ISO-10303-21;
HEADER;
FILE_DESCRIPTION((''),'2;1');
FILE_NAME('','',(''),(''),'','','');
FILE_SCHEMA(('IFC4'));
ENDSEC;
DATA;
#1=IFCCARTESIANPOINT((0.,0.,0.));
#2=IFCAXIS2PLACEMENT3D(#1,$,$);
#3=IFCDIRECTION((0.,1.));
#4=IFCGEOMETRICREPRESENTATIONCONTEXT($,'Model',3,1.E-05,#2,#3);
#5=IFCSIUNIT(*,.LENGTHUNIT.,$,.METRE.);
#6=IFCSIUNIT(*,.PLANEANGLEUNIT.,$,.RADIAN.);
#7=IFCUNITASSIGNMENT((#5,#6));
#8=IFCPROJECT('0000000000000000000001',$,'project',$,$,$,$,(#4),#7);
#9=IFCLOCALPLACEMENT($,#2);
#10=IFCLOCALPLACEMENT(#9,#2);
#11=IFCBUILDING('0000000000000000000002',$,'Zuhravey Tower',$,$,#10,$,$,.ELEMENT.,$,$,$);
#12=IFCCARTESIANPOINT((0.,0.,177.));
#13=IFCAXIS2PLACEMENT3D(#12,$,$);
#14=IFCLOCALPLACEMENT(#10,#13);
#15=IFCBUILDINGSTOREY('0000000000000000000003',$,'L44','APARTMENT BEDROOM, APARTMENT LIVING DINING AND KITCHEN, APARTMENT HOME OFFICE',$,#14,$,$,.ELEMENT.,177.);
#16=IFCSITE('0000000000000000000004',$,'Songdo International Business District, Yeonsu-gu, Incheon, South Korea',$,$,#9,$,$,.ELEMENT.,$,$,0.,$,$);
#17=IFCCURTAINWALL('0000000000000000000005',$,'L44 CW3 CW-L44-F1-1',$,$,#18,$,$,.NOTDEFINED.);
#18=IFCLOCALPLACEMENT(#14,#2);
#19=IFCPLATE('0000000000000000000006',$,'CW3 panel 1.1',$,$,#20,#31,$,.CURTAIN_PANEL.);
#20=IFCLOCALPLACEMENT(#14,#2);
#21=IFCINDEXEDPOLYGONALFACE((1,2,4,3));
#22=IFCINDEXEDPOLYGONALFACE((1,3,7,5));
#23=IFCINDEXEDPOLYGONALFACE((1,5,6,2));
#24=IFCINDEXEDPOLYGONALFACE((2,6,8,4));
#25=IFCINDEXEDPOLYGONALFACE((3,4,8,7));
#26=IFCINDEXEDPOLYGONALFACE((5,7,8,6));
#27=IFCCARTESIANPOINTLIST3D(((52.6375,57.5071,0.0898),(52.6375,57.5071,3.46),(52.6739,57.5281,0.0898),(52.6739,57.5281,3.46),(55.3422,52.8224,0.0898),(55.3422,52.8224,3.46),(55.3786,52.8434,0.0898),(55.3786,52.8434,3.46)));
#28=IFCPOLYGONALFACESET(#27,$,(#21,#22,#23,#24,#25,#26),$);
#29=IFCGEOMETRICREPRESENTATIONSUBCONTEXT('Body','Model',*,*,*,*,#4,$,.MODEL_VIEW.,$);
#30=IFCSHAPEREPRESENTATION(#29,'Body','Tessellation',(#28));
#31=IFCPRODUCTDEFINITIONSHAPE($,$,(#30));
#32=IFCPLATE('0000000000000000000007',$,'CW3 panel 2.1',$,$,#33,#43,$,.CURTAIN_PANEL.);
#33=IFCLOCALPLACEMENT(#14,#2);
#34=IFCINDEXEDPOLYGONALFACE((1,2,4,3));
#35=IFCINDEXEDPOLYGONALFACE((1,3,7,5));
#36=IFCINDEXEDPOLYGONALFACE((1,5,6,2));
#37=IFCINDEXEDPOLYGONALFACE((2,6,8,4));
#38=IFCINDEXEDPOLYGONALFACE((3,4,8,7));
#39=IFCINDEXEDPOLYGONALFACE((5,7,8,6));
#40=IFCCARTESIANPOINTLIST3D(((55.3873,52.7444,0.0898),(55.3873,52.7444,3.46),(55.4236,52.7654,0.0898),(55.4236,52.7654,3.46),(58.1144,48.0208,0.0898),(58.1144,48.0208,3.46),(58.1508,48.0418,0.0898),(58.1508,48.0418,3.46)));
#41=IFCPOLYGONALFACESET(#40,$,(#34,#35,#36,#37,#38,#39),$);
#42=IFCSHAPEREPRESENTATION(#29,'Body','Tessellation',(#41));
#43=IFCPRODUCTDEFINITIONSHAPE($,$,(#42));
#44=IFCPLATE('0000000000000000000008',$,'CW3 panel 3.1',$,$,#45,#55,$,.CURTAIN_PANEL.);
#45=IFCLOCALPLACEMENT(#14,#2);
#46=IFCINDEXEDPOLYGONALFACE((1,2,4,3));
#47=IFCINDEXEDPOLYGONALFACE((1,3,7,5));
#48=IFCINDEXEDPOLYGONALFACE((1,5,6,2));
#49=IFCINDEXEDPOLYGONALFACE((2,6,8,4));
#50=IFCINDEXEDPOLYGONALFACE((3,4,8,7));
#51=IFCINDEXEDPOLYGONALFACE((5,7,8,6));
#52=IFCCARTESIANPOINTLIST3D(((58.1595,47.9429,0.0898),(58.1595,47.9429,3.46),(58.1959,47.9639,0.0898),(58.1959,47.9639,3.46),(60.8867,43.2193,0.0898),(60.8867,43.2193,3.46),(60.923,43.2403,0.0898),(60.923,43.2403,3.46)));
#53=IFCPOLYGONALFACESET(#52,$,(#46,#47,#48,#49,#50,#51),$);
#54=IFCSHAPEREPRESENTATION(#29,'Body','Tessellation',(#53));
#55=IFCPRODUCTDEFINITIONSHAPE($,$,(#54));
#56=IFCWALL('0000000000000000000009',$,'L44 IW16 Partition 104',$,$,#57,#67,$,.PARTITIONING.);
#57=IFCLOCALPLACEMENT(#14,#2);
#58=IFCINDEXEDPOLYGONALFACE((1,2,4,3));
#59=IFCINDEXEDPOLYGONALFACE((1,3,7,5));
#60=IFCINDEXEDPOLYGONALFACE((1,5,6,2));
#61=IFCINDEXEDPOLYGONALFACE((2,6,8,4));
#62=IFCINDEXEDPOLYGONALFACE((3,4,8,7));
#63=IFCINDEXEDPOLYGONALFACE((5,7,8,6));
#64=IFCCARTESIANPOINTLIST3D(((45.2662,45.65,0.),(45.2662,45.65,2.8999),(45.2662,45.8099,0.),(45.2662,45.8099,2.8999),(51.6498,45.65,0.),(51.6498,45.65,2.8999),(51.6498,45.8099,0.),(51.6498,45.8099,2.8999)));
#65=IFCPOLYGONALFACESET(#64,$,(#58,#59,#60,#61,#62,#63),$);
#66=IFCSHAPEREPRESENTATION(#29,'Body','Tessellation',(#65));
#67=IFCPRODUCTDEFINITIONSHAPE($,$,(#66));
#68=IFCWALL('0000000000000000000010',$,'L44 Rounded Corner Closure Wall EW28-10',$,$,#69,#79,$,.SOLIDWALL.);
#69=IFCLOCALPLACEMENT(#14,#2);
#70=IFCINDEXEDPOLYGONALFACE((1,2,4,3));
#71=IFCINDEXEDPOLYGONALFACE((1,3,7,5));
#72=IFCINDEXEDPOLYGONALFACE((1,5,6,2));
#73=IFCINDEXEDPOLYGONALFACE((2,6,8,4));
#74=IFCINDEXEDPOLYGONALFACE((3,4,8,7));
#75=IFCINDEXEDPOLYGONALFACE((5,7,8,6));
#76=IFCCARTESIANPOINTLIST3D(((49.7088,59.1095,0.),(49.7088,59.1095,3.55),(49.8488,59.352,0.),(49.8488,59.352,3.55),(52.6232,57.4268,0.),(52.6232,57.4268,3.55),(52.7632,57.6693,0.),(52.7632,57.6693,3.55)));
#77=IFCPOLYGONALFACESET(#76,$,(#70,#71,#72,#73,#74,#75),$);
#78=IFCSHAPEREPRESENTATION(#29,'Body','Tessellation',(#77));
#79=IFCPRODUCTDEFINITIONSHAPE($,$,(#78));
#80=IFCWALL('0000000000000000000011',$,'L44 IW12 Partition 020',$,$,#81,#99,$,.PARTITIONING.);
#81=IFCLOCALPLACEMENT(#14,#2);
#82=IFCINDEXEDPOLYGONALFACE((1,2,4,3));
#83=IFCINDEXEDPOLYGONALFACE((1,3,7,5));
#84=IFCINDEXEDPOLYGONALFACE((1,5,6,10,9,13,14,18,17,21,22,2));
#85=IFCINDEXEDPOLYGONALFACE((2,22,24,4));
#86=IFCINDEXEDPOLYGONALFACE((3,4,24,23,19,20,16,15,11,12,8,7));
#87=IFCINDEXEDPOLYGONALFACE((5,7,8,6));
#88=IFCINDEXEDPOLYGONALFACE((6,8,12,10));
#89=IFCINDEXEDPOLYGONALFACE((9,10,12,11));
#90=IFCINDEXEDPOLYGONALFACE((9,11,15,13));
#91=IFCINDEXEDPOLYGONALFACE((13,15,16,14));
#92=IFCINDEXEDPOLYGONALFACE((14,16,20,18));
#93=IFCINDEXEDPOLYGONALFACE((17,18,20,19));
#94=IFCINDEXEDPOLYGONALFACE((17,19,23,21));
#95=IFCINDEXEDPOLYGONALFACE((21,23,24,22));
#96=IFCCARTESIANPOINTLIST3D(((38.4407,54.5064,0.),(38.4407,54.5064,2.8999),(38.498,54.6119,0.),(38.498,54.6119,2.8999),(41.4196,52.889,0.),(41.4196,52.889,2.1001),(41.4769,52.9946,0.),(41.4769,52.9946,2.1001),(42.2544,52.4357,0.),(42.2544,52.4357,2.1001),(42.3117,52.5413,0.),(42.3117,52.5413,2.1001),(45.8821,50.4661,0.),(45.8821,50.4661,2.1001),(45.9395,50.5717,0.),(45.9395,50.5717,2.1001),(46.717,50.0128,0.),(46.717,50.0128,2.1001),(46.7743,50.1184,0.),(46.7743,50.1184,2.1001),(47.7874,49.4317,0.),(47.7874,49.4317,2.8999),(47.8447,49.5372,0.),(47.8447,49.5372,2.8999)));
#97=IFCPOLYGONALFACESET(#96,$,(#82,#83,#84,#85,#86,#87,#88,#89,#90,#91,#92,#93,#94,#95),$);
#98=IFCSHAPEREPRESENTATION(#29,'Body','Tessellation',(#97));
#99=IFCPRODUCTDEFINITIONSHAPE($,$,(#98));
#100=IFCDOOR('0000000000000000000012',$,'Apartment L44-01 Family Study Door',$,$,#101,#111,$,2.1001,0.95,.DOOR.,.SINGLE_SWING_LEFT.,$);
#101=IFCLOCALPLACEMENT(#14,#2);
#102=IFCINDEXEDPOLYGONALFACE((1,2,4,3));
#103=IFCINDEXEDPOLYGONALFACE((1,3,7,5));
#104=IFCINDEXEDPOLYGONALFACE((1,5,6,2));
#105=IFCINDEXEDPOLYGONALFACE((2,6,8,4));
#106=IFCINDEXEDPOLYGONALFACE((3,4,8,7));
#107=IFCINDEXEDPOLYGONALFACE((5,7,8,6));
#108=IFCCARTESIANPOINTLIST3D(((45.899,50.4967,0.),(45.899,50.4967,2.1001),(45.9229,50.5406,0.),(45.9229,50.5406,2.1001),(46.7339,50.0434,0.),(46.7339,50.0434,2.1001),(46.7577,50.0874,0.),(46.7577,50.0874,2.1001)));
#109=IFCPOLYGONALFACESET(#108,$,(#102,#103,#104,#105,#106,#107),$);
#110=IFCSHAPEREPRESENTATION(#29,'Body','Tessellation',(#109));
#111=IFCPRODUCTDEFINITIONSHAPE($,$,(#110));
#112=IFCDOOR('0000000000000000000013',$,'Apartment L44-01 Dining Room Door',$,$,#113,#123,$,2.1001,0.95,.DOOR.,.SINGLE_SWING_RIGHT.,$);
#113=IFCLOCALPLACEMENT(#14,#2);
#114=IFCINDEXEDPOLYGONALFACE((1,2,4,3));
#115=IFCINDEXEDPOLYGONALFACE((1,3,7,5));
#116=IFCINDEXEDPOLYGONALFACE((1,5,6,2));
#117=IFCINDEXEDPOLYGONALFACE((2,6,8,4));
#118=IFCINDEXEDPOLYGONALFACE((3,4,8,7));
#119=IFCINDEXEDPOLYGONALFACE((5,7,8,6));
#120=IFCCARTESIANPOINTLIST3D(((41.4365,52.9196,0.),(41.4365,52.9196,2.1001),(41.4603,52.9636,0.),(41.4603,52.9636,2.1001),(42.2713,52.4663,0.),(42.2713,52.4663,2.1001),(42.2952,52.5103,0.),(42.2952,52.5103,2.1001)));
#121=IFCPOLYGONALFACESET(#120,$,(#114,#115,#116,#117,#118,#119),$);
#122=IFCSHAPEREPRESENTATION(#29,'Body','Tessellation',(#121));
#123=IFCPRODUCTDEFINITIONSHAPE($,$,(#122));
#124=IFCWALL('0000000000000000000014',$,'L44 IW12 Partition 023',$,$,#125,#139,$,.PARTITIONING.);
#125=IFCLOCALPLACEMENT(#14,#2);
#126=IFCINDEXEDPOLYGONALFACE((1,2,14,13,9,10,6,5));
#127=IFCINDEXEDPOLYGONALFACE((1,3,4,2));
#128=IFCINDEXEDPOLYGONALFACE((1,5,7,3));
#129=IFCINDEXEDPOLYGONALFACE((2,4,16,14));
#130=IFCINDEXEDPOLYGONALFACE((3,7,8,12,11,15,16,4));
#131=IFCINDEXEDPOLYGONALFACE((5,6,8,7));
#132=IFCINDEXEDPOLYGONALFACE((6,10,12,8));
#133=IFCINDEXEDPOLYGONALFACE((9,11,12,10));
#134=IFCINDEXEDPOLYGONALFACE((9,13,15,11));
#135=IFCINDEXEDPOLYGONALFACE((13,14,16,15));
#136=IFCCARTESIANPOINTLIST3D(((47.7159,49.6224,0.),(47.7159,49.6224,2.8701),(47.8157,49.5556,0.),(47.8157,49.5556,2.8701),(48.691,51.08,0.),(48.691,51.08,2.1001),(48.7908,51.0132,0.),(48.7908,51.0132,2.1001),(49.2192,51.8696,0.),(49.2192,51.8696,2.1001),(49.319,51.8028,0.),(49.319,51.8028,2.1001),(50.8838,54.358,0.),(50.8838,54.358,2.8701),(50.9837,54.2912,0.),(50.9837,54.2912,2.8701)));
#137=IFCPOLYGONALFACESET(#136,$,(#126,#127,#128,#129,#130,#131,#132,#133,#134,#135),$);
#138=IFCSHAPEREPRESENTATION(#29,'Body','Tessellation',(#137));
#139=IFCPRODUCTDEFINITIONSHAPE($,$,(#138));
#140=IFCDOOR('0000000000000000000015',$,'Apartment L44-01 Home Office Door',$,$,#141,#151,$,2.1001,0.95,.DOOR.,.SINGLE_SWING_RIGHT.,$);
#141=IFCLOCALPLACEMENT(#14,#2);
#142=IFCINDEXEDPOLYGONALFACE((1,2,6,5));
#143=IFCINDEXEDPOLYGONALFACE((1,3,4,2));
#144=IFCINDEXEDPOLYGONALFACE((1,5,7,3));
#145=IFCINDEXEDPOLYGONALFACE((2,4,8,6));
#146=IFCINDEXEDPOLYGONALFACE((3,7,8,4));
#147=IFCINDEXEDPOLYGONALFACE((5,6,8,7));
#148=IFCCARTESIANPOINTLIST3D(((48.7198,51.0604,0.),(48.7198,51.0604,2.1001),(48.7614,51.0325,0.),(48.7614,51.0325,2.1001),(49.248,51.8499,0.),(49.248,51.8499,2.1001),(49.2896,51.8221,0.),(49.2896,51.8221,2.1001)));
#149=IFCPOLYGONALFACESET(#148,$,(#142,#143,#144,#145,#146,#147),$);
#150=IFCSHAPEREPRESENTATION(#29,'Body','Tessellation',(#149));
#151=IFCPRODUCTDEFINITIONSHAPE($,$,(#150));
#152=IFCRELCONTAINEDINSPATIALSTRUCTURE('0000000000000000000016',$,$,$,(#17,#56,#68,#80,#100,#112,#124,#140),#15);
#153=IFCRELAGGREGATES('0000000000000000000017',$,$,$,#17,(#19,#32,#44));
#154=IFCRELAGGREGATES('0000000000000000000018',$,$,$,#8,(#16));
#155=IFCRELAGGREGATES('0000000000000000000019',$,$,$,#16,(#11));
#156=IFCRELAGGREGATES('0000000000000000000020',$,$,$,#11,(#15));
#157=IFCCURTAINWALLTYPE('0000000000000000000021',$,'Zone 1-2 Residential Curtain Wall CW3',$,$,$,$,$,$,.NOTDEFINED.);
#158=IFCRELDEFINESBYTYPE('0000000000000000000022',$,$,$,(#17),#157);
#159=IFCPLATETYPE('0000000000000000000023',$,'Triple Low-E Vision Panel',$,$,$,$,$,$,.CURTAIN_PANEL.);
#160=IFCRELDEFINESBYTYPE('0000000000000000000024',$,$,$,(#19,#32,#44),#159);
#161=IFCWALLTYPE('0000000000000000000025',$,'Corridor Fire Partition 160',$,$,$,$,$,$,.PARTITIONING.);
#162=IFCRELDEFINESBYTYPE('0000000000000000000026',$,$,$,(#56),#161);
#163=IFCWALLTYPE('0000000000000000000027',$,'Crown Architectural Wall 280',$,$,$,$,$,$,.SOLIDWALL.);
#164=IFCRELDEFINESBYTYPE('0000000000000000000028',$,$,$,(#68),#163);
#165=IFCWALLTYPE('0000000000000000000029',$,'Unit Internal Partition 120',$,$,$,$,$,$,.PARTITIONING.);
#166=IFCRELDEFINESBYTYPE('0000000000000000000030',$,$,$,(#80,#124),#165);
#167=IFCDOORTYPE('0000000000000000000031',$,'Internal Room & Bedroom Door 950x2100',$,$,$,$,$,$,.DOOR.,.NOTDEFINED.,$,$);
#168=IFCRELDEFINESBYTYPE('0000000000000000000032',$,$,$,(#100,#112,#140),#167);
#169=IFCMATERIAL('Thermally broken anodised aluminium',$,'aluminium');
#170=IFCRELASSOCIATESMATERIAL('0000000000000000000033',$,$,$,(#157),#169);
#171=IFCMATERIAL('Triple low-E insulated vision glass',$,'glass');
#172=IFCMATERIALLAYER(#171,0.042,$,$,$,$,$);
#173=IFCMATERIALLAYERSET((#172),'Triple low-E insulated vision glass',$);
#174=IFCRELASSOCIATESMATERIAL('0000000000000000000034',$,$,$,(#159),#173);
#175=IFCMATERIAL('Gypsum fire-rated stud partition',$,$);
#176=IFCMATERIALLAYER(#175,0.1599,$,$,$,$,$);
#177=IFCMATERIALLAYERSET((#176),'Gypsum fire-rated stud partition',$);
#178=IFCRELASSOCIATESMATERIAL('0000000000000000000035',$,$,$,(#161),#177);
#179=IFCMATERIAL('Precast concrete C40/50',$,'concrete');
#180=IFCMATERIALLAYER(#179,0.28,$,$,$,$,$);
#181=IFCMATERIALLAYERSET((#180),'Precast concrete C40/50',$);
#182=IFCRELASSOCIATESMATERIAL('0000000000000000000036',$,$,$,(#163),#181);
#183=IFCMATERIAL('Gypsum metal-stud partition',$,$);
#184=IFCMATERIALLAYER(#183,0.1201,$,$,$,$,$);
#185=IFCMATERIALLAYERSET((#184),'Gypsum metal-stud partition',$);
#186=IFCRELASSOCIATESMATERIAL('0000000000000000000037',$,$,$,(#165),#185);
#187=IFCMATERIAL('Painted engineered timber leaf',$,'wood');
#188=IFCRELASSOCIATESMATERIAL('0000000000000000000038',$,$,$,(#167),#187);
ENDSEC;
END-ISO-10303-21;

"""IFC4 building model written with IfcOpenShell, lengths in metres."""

from ifc_helpers import new_model, si_unit, direction, frame, frame_2d, origin, origin_2d, place, context, subcontext, project, spatial, rectangle, extrude, material, layer, layer_set, type_object, element, fill, aggregate, save


model = new_model("IFC4")

# Units and contexts
model_context = context("Model", 3, precision=1e-05, world=origin(), true_north=direction((0.0, 1.0)))
body_context = subcontext(model_context, "Body", "Model", "MODEL_VIEW")
ifc_project = project(units=[si_unit("LENGTHUNIT", "METRE"), si_unit("PLANEANGLEUNIT", "RADIAN")], contexts=[model_context])

# Site, building, storey
site_placement = place(None, origin())
site = spatial("IfcSite", under=ifc_project, at=site_placement, Name="Songdo International Business District, Yeonsu-gu, Incheon, South Korea", CompositionType="ELEMENT", RefElevation=0.0)
building_placement = place(site_placement, origin())
building = spatial("IfcBuilding", under=site, at=building_placement, Name="Zuhravey Tower", CompositionType="ELEMENT")
storey_placement = place(building_placement, frame((0.0, 0.0, 177.0)))
storey = spatial("IfcBuildingStorey", under=building, at=storey_placement, Name="L44", Description="APARTMENT BEDROOM, APARTMENT LIVING DINING AND KITCHEN, APARTMENT HOME OFFICE", CompositionType="ELEMENT", Elevation=177.0)

# Shared definitions
ifc_material_1 = material(Name="Thermally broken anodised aluminium", Category="aluminium")
curtain_wall_type = type_object("IfcCurtainWallType", Name="Zone 1-2 Residential Curtain Wall CW3", PredefinedType="NOTDEFINED", material=ifc_material_1)

# Curtain wall
curtain_wall_1_placement = place(storey_placement, origin())
curtain_wall_1 = element("IfcCurtainWall", 1, at=curtain_wall_1_placement, inside=storey, type_object=curtain_wall_type, Name="L44 CW3 CW-L44-F1-1", PredefinedType="NOTDEFINED")

# Plates
ifc_material_2 = material(Name="Triple low-E insulated vision glass", Category="glass")
ifc_layer_1 = layer(ifc_material_2, 0.042)
ifc_layer_set_1 = layer_set([ifc_layer_1], Name="Triple low-E insulated vision glass")
plate_type_1 = type_object("IfcPlateType", Name="Triple Low-E Vision Panel", PredefinedType="CURTAIN_PANEL", material=ifc_layer_set_1)
plate_1_placement = place(storey_placement, frame((54.0081, 55.1753, 0.0898), z_axis=(0.0, 0.0, 1.0), x_axis=(0.5, -0.866025, 0.0)))
plate_1 = element("IfcPlate", 2, at=plate_1_placement, type_object=plate_type_1, Name="CW3 panel 1.1", PredefinedType="CURTAIN_PANEL", context=body_context, shape_type="SweptSolid", body=[
    extrude(rectangle(XDim=5.4094, YDim=0.042, at=origin_2d()), origin(), (0.0, 0.0, 1.0), 3.3701),
])
plate_2_placement = place(storey_placement, frame((56.769, 50.3931, 0.0898), z_axis=(0.0, 0.0, 1.0), x_axis=(0.5, -0.866025, 0.0)))
plate_2 = element("IfcPlate", 3, at=plate_2_placement, type_object=plate_type_1, Name="CW3 panel 2.1", PredefinedType="CURTAIN_PANEL", context=body_context, shape_type="SweptSolid", body=[
    extrude(rectangle(XDim=5.4543, YDim=0.042, at=origin_2d()), origin(), (0.0, 0.0, 1.0), 3.3701),
])
plate_3_placement = place(storey_placement, frame((59.5413, 45.5916, 0.0898), z_axis=(0.0, 0.0, 1.0), x_axis=(0.5, -0.866025, 0.0)))
plate_3 = element("IfcPlate", 4, at=plate_3_placement, type_object=plate_type_1, Name="CW3 panel 3.1", PredefinedType="CURTAIN_PANEL", context=body_context, shape_type="SweptSolid", body=[
    extrude(rectangle(XDim=5.4543, YDim=0.042, at=origin_2d()), origin(), (0.0, 0.0, 1.0), 3.3701),
])
aggregate(curtain_wall_1, [plate_1, plate_2, plate_3])

# Walls
ifc_material_3 = material(Name="Gypsum fire-rated stud partition")
ifc_layer_2 = layer(ifc_material_3, 0.1599)
ifc_layer_set_2 = layer_set([ifc_layer_2], Name="Gypsum fire-rated stud partition")
wall_type_1 = type_object("IfcWallType", Name="Corridor Fire Partition 160", PredefinedType="PARTITIONING", material=ifc_layer_set_2)
wall_1_placement = place(storey_placement, frame((51.6499, 45.73, 0.0), z_axis=(0.0, 0.0, 1.0), x_axis=(-1.0, 0.0, 0.0)))
element("IfcWall", 5, at=wall_1_placement, inside=storey, type_object=wall_type_1, Name="L44 IW16 Partition 104", PredefinedType="PARTITIONING", context=body_context, shape_type="SweptSolid", body=[
    extrude(rectangle(XDim=6.3835, YDim=0.1599, at=frame_2d((3.1919, 0.0))), origin(), (0.0, 0.0, 1.0), 2.8999),
])
ifc_material_4 = material(Name="Precast concrete C40/50", Category="concrete")
ifc_layer_3 = layer(ifc_material_4, 0.28)
ifc_layer_set_3 = layer_set([ifc_layer_3], Name="Precast concrete C40/50")
wall_type_2 = type_object("IfcWallType", Name="Crown Architectural Wall 280", PredefinedType="SOLIDWALL", material=ifc_layer_set_3)
wall_2_placement = place(storey_placement, frame((49.7788, 59.2307, 0.0), z_axis=(0.0, 0.0, 1.0), x_axis=(0.86602, -0.500009, 0.0)))
element("IfcWall", 6, at=wall_2_placement, inside=storey, type_object=wall_type_2, Name="L44 Rounded Corner Closure Wall EW28-10", PredefinedType="SOLIDWALL", context=body_context, shape_type="SweptSolid", body=[
    extrude(rectangle(XDim=3.3652, YDim=0.28, at=frame_2d((1.6826, 0.0))), origin(), (0.0, 0.0, 1.0), 3.55),
])

# Wall, openings, doors
ifc_material_5 = material(Name="Gypsum metal-stud partition")
ifc_layer_4 = layer(ifc_material_5, 0.1201)
ifc_layer_set_4 = layer_set([ifc_layer_4], Name="Gypsum metal-stud partition")
wall_type_3 = type_object("IfcWallType", Name="Unit Internal Partition 120", PredefinedType="PARTITIONING", material=ifc_layer_set_4)
wall_3_placement = place(storey_placement, frame((47.8162, 49.4844, 0.0), z_axis=(0.0, 0.0, 1.0), x_axis=(-0.878822, 0.47715, 0.0)))
wall_3 = element("IfcWall", 7, at=wall_3_placement, inside=storey, type_object=wall_type_3, Name="L44 IW12 Partition 020", PredefinedType="PARTITIONING", context=body_context, shape_type="SweptSolid", body=[
    extrude(rectangle(XDim=10.6355, YDim=0.1201, at=frame_2d((5.3179, 0.0))), origin(), (0.0, 0.0, 1.0), 2.8999),
])
opening_1_placement = place(wall_3_placement, frame((1.218, 0.0, 0.0)))
opening_1 = element("IfcOpeningElement", 8, at=opening_1_placement, cuts=wall_3, PredefinedType="OPENING", context=body_context, shape_type="SweptSolid", body=[
    extrude(rectangle(XDim=0.95, YDim=2.1001, at=frame_2d((0.4751, 1.05))), frame((0.0, 0.072, 0.0), z_axis=(0.0, -1.0, 0.0), x_axis=(1.0, 0.0, 0.0)), (0.0, 0.0, 1.0), 0.144),
])
opening_2_placement = place(wall_3_placement, frame((6.2959, 0.0, 0.0)))
opening_2 = element("IfcOpeningElement", 9, at=opening_2_placement, cuts=wall_3, PredefinedType="OPENING", context=body_context, shape_type="SweptSolid", body=[
    extrude(rectangle(XDim=0.95, YDim=2.1001, at=frame_2d((0.4751, 1.05))), frame((0.0, 0.072, 0.0), z_axis=(0.0, -1.0, 0.0), x_axis=(1.0, 0.0, 0.0)), (0.0, 0.0, 1.0), 0.144),
])
ifc_material_6 = material(Name="Painted engineered timber leaf", Category="wood")
door_type = type_object("IfcDoorType", Name="Internal Room & Bedroom Door 950x2100", OperationType="NOTDEFINED", PredefinedType="DOOR", material=ifc_material_6)
door_1_placement = place(opening_1_placement, frame((0.95, 0.0, 0.0), z_axis=(0.0, 0.0, 1.0), x_axis=(-1.0, 0.0, 0.0)))
door_1 = element("IfcDoor", 10, at=door_1_placement, inside=storey, type_object=door_type, Name="Apartment L44-01 Family Study Door", OperationType="SINGLE_SWING_LEFT", OverallHeight=2.1001, OverallWidth=0.95, PredefinedType="DOOR", context=body_context, shape_type="SweptSolid", body=[
    extrude(rectangle(XDim=0.95, YDim=2.1001, at=frame_2d((0.4751, 1.05))), frame((0.0, 0.0249, 0.0), z_axis=(0.0, -1.0, 0.0), x_axis=(1.0, 0.0, 0.0)), (0.0, 0.0, 1.0), 0.05),
])
fill(opening_1, door_1)
door_2_placement = place(opening_2_placement, frame((0.95, 0.0, 0.0), z_axis=(0.0, 0.0, 1.0), x_axis=(-1.0, 0.0, 0.0)))
door_2 = element("IfcDoor", 11, at=door_2_placement, inside=storey, type_object=door_type, Name="Apartment L44-01 Dining Room Door", OperationType="SINGLE_SWING_RIGHT", OverallHeight=2.1001, OverallWidth=0.95, PredefinedType="DOOR", context=body_context, shape_type="SweptSolid", body=[
    extrude(rectangle(XDim=0.95, YDim=2.1001, at=frame_2d((0.4751, 1.05))), frame((0.0, 0.0249, 0.0), z_axis=(0.0, -1.0, 0.0), x_axis=(1.0, 0.0, 0.0)), (0.0, 0.0, 1.0), 0.05),
])
fill(opening_2, door_2)

# Wall, opening, door
wall_4_placement = place(storey_placement, frame((47.7659, 49.5891, 0.0), z_axis=(0.0, 0.0, 1.0), x_axis=(0.556025, 0.831166, 0.0)))
wall_4 = element("IfcWall", 12, at=wall_4_placement, inside=storey, type_object=wall_type_3, Name="L44 IW12 Partition 023", PredefinedType="PARTITIONING", context=body_context, shape_type="SweptSolid", body=[
    extrude(rectangle(XDim=5.6975, YDim=0.1201, at=frame_2d((2.8486, 0.0))), origin(), (0.0, 0.0, 1.0), 2.8701),
])
opening_3_placement = place(wall_4_placement, frame((1.7534, 0.0, 0.0)))
opening_3 = element("IfcOpeningElement", 13, at=opening_3_placement, cuts=wall_4, PredefinedType="OPENING", context=body_context, shape_type="SweptSolid", body=[
    extrude(rectangle(XDim=0.95, YDim=2.1001, at=frame_2d((0.4751, 1.05))), frame((0.0, 0.072, 0.0), z_axis=(0.0, -1.0, 0.0), x_axis=(1.0, 0.0, 0.0)), (0.0, 0.0, 1.0), 0.144),
])
door_3_placement = place(opening_3_placement, frame((0.95, 0.0, 0.0), z_axis=(0.0, 0.0, 1.0), x_axis=(-1.0, 0.0, 0.0)))
door_3 = element("IfcDoor", 14, at=door_3_placement, inside=storey, type_object=door_type, Name="Apartment L44-01 Home Office Door", OperationType="SINGLE_SWING_RIGHT", OverallHeight=2.1001, OverallWidth=0.95, PredefinedType="DOOR", context=body_context, shape_type="SweptSolid", body=[
    extrude(rectangle(XDim=0.95, YDim=2.1001, at=frame_2d((0.4751, 1.05))), frame((0.0, 0.0249, 0.0), z_axis=(0.0, -1.0, 0.0), x_axis=(1.0, 0.0, 0.0)), (0.0, 0.0, 1.0), 0.05),
])
fill(opening_3, door_3)

save(model, "model.ifc")
